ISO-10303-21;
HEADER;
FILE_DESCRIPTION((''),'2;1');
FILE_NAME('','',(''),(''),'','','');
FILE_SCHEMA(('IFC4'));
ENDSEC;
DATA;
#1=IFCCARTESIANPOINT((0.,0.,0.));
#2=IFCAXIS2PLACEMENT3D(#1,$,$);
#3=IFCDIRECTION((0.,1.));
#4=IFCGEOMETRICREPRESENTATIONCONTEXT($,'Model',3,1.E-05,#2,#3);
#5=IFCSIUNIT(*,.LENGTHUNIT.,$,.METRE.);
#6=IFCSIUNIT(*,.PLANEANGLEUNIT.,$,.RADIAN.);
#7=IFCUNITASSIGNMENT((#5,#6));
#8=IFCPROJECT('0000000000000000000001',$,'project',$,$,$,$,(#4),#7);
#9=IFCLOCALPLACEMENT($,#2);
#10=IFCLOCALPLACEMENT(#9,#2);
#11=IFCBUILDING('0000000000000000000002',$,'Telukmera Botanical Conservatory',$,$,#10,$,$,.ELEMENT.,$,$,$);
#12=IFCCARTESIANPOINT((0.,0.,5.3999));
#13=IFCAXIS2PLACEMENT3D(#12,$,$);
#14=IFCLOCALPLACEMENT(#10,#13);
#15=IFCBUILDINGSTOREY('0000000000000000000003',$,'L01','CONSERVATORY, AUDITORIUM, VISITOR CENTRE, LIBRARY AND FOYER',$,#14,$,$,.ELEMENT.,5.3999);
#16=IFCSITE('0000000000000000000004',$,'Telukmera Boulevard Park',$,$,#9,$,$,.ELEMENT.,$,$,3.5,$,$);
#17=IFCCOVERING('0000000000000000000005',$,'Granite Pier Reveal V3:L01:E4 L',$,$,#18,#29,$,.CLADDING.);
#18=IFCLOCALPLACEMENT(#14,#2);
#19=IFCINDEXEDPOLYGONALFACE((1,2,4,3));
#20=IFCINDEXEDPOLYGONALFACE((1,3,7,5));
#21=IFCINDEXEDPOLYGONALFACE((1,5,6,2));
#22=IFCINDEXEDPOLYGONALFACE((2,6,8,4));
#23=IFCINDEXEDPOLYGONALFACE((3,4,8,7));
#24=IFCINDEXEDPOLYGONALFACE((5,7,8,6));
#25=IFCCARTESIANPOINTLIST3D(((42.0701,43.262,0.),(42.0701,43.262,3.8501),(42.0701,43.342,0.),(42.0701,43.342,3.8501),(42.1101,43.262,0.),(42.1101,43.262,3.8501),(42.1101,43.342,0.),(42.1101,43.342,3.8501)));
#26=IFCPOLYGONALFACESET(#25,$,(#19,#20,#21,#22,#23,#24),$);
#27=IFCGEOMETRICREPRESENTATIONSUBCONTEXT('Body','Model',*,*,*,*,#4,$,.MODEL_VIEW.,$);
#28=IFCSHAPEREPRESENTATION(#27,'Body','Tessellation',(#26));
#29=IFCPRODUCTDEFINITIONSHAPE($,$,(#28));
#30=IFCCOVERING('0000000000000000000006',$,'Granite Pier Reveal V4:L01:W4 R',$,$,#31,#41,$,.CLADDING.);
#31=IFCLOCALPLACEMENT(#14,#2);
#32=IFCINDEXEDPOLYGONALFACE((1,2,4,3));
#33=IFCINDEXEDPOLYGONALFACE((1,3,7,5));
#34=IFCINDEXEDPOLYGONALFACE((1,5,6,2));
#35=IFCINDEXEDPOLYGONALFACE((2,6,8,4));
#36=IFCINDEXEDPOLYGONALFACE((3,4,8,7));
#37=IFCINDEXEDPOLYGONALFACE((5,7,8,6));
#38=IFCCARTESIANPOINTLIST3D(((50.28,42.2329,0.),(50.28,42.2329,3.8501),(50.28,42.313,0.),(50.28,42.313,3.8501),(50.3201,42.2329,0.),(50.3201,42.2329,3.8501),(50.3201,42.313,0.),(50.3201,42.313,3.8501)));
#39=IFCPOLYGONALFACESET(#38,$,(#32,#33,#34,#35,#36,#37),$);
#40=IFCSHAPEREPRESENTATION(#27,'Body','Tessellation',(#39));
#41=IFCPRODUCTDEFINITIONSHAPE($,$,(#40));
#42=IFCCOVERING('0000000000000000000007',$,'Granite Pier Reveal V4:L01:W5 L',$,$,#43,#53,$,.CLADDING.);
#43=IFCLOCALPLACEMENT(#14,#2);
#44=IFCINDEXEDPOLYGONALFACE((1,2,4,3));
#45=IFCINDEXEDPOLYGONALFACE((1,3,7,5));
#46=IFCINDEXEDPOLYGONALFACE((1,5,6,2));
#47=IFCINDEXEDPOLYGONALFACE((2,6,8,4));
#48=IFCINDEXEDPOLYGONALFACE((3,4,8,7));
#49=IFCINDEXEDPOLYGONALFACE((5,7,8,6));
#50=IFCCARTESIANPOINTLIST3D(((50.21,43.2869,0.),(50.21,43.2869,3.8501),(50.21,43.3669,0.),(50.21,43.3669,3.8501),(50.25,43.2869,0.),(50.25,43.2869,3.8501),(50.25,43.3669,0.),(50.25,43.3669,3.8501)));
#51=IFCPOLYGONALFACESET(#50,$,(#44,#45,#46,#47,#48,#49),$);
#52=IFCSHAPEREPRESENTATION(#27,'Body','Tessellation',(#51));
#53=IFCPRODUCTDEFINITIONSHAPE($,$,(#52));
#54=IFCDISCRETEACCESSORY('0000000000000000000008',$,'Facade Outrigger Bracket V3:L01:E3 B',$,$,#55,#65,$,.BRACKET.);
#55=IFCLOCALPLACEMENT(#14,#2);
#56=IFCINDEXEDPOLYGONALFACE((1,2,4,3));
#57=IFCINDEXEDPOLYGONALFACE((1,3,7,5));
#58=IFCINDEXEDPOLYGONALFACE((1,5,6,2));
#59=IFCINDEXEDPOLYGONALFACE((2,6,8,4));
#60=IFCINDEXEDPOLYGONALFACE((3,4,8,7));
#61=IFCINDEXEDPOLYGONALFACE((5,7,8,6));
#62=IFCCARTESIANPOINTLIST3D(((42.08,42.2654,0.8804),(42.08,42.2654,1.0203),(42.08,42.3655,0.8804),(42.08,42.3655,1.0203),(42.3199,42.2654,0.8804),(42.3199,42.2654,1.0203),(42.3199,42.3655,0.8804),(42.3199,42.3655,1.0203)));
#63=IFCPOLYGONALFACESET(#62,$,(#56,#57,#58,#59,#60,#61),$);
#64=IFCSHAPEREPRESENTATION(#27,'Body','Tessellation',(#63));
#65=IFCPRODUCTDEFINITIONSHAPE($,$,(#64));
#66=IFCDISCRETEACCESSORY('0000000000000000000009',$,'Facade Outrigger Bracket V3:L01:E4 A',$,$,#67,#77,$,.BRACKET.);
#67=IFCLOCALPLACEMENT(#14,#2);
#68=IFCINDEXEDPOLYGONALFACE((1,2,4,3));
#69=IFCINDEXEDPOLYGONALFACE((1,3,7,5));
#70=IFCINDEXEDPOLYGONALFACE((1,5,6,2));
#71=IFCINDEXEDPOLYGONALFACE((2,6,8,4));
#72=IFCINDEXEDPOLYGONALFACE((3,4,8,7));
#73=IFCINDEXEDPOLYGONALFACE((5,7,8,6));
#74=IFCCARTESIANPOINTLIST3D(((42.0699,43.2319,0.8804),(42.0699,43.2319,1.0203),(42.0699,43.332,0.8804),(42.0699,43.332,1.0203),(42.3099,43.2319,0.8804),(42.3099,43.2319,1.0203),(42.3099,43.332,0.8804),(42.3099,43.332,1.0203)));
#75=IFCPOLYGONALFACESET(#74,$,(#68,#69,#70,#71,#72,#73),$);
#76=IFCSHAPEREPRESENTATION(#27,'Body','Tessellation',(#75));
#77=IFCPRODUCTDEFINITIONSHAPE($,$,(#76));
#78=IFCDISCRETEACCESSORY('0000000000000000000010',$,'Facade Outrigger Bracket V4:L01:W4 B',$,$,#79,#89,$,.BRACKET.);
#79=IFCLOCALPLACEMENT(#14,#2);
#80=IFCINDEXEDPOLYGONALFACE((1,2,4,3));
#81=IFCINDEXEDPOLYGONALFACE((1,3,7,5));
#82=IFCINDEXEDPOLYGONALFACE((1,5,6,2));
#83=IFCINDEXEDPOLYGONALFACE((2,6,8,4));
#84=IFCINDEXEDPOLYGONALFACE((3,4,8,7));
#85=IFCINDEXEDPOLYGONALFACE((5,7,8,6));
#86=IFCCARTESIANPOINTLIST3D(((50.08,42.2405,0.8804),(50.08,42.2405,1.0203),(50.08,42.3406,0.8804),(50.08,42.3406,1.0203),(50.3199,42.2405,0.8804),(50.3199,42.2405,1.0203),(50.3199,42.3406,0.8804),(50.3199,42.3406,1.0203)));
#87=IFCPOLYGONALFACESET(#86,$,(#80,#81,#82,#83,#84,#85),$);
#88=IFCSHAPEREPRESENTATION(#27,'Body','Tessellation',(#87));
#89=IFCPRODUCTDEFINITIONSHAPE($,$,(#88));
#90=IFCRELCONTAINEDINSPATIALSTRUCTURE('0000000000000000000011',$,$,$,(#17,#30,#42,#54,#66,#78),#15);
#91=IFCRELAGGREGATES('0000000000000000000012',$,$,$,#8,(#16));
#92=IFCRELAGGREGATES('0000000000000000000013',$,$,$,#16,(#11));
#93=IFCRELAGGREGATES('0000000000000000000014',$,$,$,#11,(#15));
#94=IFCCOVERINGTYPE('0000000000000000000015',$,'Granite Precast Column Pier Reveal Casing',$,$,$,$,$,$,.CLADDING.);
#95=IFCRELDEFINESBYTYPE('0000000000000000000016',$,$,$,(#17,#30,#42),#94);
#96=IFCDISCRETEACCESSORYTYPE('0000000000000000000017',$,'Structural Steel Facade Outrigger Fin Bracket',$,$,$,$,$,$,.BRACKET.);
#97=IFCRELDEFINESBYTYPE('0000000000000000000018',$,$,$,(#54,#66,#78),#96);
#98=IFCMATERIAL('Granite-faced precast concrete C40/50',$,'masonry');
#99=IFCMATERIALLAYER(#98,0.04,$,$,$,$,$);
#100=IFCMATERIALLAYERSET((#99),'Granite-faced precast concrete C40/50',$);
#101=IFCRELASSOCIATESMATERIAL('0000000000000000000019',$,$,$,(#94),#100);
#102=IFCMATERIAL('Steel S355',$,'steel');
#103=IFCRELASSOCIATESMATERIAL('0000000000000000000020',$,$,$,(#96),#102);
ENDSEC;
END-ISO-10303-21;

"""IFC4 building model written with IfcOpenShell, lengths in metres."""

from ifc_helpers import new_model, si_unit, direction, frame, origin, origin_2d, place, context, subcontext, project, spatial, rectangle, extrude, material, layer, layer_set, type_object, element, save


model = new_model("IFC4")

# Units and contexts
model_context = context("Model", 3, precision=1e-05, world=origin(), true_north=direction((0.0, 1.0)))
body_context = subcontext(model_context, "Body", "Model", "MODEL_VIEW")
ifc_project = project(units=[si_unit("LENGTHUNIT", "METRE"), si_unit("PLANEANGLEUNIT", "RADIAN")], contexts=[model_context])

# Site, building, storey
site_placement = place(None, origin())
site = spatial("IfcSite", under=ifc_project, at=site_placement, Name="Telukmera Boulevard Park", CompositionType="ELEMENT", RefElevation=3.5)
building_placement = place(site_placement, origin())
building = spatial("IfcBuilding", under=site, at=building_placement, Name="Telukmera Botanical Conservatory", CompositionType="ELEMENT")
storey_placement = place(building_placement, frame((0.0, 0.0, 5.3999)))
storey = spatial("IfcBuildingStorey", under=building, at=storey_placement, Name="L01", Description="CONSERVATORY, AUDITORIUM, VISITOR CENTRE, LIBRARY AND FOYER", CompositionType="ELEMENT", Elevation=5.3999)

# Shared definitions
ifc_material_1 = material(Name="Steel S355", Category="steel")

# Coverings
ifc_material_2 = material(Name="Granite-faced precast concrete C40/50", Category="masonry")
ifc_layer_1 = layer(ifc_material_2, 0.04)
ifc_layer_set_1 = layer_set([ifc_layer_1], Name="Granite-faced precast concrete C40/50")
covering_type = type_object("IfcCoveringType", Name="Granite Precast Column Pier Reveal Casing", PredefinedType="CLADDING", material=ifc_layer_set_1)
for number, where, z_axis, x_axis, name in (
    (1, (42.0901, 43.302, 0.0), (0.0, 0.0, 1.0), (0.0, 1.0, 0.0), "Granite Pier Reveal V3:L01:E4 L"),
    (2, (50.3, 42.2729, 0.0), (0.0, 0.0, 1.0), (0.0, 1.0, 0.0), "Granite Pier Reveal V4:L01:W4 R"),
    (3, (50.23, 43.3269, 0.0), (0.0, 0.0, 1.0), (0.0, 1.0, 0.0), "Granite Pier Reveal V4:L01:W5 L"),
):
    element("IfcCovering", number, at=place(storey_placement, frame(where, z_axis=z_axis, x_axis=x_axis)), inside=storey, type_object=covering_type, Name=name, PredefinedType="CLADDING", context=body_context, shape_type="SweptSolid", body=[
        extrude(rectangle(XDim=0.0801, YDim=0.04, at=origin_2d()), origin(), (0.0, 0.0, 1.0), 3.8501),
    ])

# Discrete accessories
discrete_accessory_type = type_object("IfcDiscreteAccessoryType", Name="Structural Steel Facade Outrigger Fin Bracket", PredefinedType="BRACKET", material=ifc_material_1)
for number, where, z_axis, x_axis, name in (
    (4, (42.2, 42.3154, 0.8804), (0.0, 0.0, 1.0), (0.0, 1.0, 0.0), "Facade Outrigger Bracket V3:L01:E3 B"),
    (5, (42.1899, 43.282, 0.8804), (0.0, 0.0, 1.0), (0.0, 1.0, 0.0), "Facade Outrigger Bracket V3:L01:E4 A"),
    (6, (50.2, 42.2905, 0.8804), (0.0, 0.0, 1.0), (0.0, 1.0, 0.0), "Facade Outrigger Bracket V4:L01:W4 B"),
):
    element("IfcDiscreteAccessory", number, at=place(storey_placement, frame(where, z_axis=z_axis, x_axis=x_axis)), inside=storey, type_object=discrete_accessory_type, Name=name, PredefinedType="BRACKET", context=body_context, shape_type="SweptSolid", body=[
        extrude(rectangle(XDim=0.1001, YDim=0.24, at=origin_2d()), origin(), (0.0, 0.0, 1.0), 0.1399),
    ])

save(model, "model.ifc")
